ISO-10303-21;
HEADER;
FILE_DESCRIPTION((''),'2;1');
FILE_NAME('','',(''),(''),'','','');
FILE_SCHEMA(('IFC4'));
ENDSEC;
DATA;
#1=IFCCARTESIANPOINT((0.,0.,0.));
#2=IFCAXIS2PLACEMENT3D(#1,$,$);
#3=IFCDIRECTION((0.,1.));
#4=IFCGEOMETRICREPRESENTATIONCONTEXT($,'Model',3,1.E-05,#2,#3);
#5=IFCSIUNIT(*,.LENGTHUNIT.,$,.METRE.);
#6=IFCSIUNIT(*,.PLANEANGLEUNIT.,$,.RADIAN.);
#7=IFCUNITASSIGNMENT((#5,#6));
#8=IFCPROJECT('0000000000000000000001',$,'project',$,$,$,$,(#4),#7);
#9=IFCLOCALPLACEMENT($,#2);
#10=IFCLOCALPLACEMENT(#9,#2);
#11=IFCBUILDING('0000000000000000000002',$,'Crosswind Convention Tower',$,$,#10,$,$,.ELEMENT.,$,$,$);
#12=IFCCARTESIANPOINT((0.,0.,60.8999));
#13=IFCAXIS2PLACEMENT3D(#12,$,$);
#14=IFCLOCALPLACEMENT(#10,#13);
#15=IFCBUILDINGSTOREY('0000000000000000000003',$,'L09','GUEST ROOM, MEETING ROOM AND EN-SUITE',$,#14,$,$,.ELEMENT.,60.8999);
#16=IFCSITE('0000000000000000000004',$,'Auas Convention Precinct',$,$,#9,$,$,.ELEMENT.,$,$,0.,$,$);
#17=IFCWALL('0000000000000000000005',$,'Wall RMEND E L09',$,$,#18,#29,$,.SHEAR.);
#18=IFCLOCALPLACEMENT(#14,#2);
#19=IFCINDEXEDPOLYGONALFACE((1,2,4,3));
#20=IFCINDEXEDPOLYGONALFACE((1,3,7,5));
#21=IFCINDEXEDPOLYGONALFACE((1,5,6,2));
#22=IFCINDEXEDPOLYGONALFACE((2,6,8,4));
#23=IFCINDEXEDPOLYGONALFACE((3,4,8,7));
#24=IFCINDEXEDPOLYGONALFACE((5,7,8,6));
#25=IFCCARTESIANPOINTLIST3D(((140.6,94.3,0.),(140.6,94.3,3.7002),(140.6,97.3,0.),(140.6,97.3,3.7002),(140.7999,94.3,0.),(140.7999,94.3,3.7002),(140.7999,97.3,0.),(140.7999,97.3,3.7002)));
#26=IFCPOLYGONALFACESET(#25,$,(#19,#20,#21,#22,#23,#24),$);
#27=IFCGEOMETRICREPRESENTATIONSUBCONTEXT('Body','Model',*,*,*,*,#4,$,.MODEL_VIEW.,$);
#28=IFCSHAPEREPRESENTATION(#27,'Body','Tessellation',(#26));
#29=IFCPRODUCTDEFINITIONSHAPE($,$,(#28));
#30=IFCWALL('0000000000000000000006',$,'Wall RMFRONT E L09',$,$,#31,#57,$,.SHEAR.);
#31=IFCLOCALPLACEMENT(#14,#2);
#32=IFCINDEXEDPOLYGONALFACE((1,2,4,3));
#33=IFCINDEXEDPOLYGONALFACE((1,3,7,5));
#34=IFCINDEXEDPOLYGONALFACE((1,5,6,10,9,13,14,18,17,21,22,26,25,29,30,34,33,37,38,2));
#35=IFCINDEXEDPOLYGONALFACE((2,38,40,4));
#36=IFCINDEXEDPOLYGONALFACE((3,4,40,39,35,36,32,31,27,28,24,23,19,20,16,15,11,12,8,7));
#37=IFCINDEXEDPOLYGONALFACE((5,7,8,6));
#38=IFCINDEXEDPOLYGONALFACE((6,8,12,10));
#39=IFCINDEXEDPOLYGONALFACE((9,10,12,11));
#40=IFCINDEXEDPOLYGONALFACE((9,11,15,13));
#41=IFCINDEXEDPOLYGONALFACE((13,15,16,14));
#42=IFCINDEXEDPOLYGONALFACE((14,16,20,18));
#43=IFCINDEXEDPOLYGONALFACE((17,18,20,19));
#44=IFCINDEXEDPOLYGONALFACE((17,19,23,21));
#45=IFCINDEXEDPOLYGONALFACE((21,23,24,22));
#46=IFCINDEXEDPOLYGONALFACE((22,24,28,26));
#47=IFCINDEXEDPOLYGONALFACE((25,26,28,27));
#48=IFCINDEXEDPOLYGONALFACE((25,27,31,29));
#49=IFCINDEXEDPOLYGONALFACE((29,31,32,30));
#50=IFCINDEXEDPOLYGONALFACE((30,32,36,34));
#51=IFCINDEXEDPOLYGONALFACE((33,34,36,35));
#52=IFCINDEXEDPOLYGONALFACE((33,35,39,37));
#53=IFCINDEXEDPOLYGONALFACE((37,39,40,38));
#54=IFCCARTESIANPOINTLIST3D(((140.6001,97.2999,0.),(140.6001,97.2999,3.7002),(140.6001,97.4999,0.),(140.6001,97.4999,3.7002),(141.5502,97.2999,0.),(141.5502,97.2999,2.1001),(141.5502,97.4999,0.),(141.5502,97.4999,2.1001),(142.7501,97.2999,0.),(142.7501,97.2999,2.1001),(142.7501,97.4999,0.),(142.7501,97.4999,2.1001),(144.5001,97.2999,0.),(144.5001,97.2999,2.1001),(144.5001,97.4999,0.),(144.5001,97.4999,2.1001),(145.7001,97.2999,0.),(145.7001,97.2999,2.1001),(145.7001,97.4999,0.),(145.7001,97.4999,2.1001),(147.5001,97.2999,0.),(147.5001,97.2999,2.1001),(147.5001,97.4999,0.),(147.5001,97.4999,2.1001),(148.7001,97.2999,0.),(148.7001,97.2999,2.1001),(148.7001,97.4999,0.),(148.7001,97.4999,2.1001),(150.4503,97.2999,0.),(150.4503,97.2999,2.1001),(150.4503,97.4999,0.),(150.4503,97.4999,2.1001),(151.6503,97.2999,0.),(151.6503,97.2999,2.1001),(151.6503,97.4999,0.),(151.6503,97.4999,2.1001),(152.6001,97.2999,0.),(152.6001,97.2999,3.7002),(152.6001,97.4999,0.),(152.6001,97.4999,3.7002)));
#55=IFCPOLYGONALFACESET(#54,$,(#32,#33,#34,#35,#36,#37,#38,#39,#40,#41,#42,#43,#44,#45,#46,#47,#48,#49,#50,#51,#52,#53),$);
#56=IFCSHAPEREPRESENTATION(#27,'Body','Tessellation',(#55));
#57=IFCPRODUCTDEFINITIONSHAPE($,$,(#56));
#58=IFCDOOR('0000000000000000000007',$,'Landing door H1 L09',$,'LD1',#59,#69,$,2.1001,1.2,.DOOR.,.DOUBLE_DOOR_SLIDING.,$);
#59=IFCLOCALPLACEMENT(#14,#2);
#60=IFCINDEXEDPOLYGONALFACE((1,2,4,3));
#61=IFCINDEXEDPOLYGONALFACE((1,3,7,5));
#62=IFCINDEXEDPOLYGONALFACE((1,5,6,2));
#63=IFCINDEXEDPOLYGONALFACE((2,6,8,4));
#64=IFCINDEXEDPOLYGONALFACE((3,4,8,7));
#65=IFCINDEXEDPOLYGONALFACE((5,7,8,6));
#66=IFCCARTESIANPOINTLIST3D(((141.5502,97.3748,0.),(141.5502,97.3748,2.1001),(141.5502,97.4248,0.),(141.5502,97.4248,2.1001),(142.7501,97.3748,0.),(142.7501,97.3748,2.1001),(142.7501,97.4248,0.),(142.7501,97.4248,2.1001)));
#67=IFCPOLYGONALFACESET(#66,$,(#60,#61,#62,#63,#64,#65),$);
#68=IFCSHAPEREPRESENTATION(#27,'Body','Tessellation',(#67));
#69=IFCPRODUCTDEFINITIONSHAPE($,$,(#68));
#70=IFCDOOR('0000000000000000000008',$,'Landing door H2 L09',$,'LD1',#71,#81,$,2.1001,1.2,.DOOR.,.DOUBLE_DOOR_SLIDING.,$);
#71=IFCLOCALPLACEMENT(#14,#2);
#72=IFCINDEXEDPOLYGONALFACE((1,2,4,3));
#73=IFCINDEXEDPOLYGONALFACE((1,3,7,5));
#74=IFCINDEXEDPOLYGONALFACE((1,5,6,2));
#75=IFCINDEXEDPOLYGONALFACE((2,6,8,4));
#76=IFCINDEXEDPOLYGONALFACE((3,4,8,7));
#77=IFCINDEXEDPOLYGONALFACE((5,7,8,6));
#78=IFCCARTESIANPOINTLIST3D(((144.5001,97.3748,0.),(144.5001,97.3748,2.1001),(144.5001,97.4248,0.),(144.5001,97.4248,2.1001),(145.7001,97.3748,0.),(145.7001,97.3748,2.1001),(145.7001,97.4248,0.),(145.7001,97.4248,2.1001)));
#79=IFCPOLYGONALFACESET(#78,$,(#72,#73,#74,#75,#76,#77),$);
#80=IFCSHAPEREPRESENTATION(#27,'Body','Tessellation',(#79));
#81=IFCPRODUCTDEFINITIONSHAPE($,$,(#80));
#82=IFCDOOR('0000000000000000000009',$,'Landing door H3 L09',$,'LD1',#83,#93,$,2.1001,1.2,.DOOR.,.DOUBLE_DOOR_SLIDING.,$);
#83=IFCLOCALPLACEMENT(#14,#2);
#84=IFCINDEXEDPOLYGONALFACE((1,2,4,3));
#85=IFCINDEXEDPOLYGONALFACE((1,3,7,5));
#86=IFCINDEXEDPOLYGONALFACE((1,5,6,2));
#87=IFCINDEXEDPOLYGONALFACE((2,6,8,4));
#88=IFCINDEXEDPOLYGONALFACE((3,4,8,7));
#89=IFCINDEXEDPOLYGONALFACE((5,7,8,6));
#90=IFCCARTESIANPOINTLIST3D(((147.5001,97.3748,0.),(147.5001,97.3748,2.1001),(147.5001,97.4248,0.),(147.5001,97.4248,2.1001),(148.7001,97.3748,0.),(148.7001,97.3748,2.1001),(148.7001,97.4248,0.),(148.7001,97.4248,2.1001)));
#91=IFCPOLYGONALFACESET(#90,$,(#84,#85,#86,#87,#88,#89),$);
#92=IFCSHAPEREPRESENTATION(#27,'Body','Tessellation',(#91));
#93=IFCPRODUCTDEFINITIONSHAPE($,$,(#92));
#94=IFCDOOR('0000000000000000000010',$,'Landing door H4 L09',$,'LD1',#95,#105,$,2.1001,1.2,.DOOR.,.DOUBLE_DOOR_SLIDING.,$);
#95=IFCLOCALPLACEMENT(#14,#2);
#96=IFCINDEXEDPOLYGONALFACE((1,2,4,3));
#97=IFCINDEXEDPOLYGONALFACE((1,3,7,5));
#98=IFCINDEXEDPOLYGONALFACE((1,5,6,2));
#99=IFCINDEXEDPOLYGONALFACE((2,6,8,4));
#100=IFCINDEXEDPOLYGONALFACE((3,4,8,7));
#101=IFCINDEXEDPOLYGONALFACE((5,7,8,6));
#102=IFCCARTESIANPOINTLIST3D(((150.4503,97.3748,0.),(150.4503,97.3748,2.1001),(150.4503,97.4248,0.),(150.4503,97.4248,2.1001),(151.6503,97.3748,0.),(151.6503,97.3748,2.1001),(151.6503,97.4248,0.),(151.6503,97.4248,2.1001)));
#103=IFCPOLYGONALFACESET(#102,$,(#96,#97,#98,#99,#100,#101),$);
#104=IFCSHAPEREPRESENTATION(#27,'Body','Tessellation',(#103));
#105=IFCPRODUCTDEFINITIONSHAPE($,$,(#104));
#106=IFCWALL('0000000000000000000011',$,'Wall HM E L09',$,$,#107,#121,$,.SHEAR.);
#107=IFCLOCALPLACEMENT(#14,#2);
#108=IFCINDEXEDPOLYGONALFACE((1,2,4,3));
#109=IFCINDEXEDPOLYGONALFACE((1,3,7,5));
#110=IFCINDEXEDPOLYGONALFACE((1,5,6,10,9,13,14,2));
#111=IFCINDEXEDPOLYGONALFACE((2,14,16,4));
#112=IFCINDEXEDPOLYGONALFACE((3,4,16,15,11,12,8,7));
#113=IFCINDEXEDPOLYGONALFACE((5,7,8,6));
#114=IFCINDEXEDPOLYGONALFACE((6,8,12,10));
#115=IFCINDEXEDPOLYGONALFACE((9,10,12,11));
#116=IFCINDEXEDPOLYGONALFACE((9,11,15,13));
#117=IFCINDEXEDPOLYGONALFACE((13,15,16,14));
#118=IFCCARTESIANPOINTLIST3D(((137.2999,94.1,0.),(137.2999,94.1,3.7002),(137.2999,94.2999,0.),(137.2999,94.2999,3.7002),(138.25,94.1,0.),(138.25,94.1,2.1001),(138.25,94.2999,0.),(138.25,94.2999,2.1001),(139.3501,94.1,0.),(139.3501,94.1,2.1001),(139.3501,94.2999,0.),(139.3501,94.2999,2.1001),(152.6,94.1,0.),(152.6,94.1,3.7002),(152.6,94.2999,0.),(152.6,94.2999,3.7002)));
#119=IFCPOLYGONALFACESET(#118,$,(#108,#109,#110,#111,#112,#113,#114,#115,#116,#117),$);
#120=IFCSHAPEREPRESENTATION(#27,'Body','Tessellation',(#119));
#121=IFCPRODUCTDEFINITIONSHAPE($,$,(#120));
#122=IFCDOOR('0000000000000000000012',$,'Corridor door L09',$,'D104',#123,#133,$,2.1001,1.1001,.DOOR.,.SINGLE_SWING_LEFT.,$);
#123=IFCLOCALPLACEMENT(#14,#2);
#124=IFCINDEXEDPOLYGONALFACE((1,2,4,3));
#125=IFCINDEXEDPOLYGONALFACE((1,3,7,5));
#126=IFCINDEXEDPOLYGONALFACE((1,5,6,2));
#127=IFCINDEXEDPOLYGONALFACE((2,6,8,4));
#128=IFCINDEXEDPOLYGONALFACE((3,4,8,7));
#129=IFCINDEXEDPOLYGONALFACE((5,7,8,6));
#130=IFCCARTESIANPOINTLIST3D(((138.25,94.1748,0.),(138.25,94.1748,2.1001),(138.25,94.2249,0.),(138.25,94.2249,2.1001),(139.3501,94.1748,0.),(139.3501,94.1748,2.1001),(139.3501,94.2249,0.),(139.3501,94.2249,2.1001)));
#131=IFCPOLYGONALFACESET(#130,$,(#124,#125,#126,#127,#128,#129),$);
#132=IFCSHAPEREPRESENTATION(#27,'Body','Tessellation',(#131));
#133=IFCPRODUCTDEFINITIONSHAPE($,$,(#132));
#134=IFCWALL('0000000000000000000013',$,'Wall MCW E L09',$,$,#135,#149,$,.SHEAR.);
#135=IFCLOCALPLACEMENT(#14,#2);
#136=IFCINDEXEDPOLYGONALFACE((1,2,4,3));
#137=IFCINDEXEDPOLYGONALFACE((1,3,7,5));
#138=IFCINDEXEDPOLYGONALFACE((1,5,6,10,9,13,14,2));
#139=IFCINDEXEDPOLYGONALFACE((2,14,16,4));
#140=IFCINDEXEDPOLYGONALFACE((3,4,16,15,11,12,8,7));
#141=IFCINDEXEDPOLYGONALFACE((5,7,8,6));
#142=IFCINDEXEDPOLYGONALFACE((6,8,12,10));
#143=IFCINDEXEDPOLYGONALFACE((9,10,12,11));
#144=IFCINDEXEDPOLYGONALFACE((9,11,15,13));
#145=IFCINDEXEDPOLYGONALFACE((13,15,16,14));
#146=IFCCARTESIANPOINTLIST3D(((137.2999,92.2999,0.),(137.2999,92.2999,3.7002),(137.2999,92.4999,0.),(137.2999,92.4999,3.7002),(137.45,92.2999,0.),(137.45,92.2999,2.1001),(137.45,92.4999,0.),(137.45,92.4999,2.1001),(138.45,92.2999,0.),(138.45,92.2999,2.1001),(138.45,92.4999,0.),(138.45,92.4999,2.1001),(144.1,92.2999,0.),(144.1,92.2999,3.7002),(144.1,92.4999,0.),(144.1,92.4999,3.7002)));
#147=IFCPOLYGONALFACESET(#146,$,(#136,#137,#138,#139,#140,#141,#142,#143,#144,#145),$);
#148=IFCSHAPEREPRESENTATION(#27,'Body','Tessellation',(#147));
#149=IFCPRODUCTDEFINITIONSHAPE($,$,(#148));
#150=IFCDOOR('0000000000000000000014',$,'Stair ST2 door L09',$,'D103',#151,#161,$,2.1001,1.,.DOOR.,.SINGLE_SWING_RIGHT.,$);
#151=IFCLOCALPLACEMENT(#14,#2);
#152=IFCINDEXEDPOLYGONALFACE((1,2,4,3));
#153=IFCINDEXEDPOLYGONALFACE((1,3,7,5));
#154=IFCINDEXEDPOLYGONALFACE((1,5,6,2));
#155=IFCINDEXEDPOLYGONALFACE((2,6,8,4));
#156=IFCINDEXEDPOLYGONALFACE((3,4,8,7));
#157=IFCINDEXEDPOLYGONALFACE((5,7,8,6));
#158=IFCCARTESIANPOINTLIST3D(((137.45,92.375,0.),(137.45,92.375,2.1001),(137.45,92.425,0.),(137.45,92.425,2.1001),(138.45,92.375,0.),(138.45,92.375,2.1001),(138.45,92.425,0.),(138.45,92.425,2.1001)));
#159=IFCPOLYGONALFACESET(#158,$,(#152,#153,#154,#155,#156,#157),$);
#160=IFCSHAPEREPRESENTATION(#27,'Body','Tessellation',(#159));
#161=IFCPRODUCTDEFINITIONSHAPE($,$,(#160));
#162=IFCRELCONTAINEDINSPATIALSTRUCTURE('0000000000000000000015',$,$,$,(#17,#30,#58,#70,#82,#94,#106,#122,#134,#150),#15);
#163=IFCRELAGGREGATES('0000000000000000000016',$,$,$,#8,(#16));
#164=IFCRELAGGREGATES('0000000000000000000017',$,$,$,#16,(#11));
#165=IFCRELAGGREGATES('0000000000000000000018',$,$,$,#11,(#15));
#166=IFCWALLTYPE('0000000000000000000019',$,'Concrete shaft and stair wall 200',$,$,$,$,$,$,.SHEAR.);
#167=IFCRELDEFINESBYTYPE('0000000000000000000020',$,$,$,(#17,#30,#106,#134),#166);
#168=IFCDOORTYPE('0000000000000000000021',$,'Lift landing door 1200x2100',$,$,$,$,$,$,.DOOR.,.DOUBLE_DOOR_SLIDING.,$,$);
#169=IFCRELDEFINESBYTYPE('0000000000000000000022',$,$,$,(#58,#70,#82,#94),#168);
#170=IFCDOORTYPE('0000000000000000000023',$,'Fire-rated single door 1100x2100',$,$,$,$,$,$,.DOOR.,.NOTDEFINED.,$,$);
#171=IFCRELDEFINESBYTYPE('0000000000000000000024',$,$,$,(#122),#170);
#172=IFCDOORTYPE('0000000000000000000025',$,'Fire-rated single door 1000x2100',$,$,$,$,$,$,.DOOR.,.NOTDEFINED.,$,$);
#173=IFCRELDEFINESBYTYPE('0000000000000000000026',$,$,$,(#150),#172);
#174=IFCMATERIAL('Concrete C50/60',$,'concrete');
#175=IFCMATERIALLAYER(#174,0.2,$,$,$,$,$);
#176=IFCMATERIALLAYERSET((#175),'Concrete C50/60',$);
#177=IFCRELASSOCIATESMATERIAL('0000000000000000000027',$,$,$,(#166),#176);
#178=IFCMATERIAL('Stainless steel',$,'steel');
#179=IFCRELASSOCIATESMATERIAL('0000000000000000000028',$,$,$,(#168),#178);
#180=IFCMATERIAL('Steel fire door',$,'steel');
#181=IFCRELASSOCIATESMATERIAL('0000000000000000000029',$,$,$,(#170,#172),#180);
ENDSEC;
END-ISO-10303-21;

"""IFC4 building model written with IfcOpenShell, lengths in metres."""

from ifc_helpers import new_model, si_unit, direction, frame, frame_2d, origin, place, context, subcontext, project, spatial, rectangle, extrude, material, layer, layer_set, type_object, element, fill, save


model = new_model("IFC4")

# Units and contexts
model_context = context("Model", 3, precision=1e-05, world=origin(), true_north=direction((0.0, 1.0)))
body_context = subcontext(model_context, "Body", "Model", "MODEL_VIEW")
ifc_project = project(units=[si_unit("LENGTHUNIT", "METRE"), si_unit("PLANEANGLEUNIT", "RADIAN")], contexts=[model_context])

# Site, building, storey
site_placement = place(None, origin())
site = spatial("IfcSite", under=ifc_project, at=site_placement, Name="Auas Convention Precinct", CompositionType="ELEMENT", RefElevation=0.0)
building_placement = place(site_placement, origin())
building = spatial("IfcBuilding", under=site, at=building_placement, Name="Crosswind Convention Tower", CompositionType="ELEMENT")
storey_placement = place(building_placement, frame((0.0, 0.0, 60.8999)))
storey = spatial("IfcBuildingStorey", under=building, at=storey_placement, Name="L09", Description="GUEST ROOM, MEETING ROOM AND EN-SUITE", CompositionType="ELEMENT", Elevation=60.8999)

# Shared definitions
ifc_material_1 = material(Name="Concrete C50/60", Category="concrete")

# Wall
ifc_layer_1 = layer(ifc_material_1, 0.2)
ifc_layer_set_1 = layer_set([ifc_layer_1], Name="Concrete C50/60")
wall_type_1 = type_object("IfcWallType", Name="Concrete shaft and stair wall 200", PredefinedType="SHEAR", material=ifc_layer_set_1)
wall_1_placement = place(storey_placement, frame((140.7, 94.3, 0.0), z_axis=(0.0, 0.0, 1.0), x_axis=(0.0, 1.0, 0.0)))
element("IfcWall", 1, at=wall_1_placement, inside=storey, type_object=wall_type_1, Name="Wall RMEND E L09", PredefinedType="SHEAR", context=body_context, shape_type="SweptSolid", body=[
    extrude(rectangle(XDim=3.0, YDim=0.2, at=frame_2d((1.5, 0.0))), origin(), (0.0, 0.0, 1.0), 3.7002),
])

# Wall, openings, doors
wall_2_placement = place(storey_placement, frame((140.6001, 97.3999, 0.0), z_axis=(0.0, 0.0, 1.0), x_axis=(1.0, 0.0, 0.0)))
wall_2 = element("IfcWall", 2, at=wall_2_placement, inside=storey, type_object=wall_type_1, Name="Wall RMFRONT E L09", PredefinedType="SHEAR", context=body_context, shape_type="SweptSolid", body=[
    extrude(rectangle(XDim=12.0, YDim=0.2, at=frame_2d((6.0, 0.0))), origin(), (0.0, 0.0, 1.0), 3.7002),
])
opening_1_placement = place(wall_2_placement, frame((0.95, 0.0, 0.0)))
opening_1 = element("IfcOpeningElement", 3, at=opening_1_placement, cuts=wall_2, PredefinedType="OPENING", context=body_context, shape_type="SweptSolid", body=[
    extrude(rectangle(XDim=1.2, YDim=2.1001, at=frame_2d((0.6001, 1.05))), frame((0.0, 0.1099, 0.0), z_axis=(0.0, -1.0, 0.0), x_axis=(1.0, 0.0, 0.0)), (0.0, 0.0, 1.0), 0.22),
])
opening_2_placement = place(wall_2_placement, frame((3.8999, 0.0, 0.0)))
opening_2 = element("IfcOpeningElement", 4, at=opening_2_placement, cuts=wall_2, PredefinedType="OPENING", context=body_context, shape_type="SweptSolid", body=[
    extrude(rectangle(XDim=1.2, YDim=2.1001, at=frame_2d((0.6001, 1.05))), frame((0.0, 0.1099, 0.0), z_axis=(0.0, -1.0, 0.0), x_axis=(1.0, 0.0, 0.0)), (0.0, 0.0, 1.0), 0.22),
])
opening_3_placement = place(wall_2_placement, frame((6.8999, 0.0, 0.0)))
opening_3 = element("IfcOpeningElement", 5, at=opening_3_placement, cuts=wall_2, PredefinedType="OPENING", context=body_context, shape_type="SweptSolid", body=[
    extrude(rectangle(XDim=1.2, YDim=2.1001, at=frame_2d((0.6001, 1.05))), frame((0.0, 0.1099, 0.0), z_axis=(0.0, -1.0, 0.0), x_axis=(1.0, 0.0, 0.0)), (0.0, 0.0, 1.0), 0.22),
])
opening_4_placement = place(wall_2_placement, frame((9.8501, 0.0, 0.0)))
opening_4 = element("IfcOpeningElement", 6, at=opening_4_placement, cuts=wall_2, PredefinedType="OPENING", context=body_context, shape_type="SweptSolid", body=[
    extrude(rectangle(XDim=1.2, YDim=2.1001, at=frame_2d((0.6001, 1.05))), frame((0.0, 0.1099, 0.0), z_axis=(0.0, -1.0, 0.0), x_axis=(1.0, 0.0, 0.0)), (0.0, 0.0, 1.0), 0.22),
])
ifc_material_2 = material(Name="Stainless steel", Category="steel")
door_type_1 = type_object("IfcDoorType", Name="Lift landing door 1200x2100", OperationType="DOUBLE_DOOR_SLIDING", PredefinedType="DOOR", material=ifc_material_2)
door_1_placement = place(opening_1_placement, origin())
door_1 = element("IfcDoor", 7, at=door_1_placement, inside=storey, type_object=door_type_1, Name="Landing door H1 L09", ObjectType="LD1", OperationType="DOUBLE_DOOR_SLIDING", OverallHeight=2.1001, OverallWidth=1.2, PredefinedType="DOOR", context=body_context, shape_type="SweptSolid", body=[
    extrude(rectangle(XDim=1.2, YDim=2.1001, at=frame_2d((0.6001, 1.05))), frame((0.0, 0.0249, 0.0), z_axis=(0.0, -1.0, 0.0), x_axis=(1.0, 0.0, 0.0)), (0.0, 0.0, 1.0), 0.05),
])
fill(opening_1, door_1)
door_2_placement = place(opening_2_placement, origin())
door_2 = element("IfcDoor", 8, at=door_2_placement, inside=storey, type_object=door_type_1, Name="Landing door H2 L09", ObjectType="LD1", OperationType="DOUBLE_DOOR_SLIDING", OverallHeight=2.1001, OverallWidth=1.2, PredefinedType="DOOR", context=body_context, shape_type="SweptSolid", body=[
    extrude(rectangle(XDim=1.2, YDim=2.1001, at=frame_2d((0.6001, 1.05))), frame((0.0, 0.0249, 0.0), z_axis=(0.0, -1.0, 0.0), x_axis=(1.0, 0.0, 0.0)), (0.0, 0.0, 1.0), 0.05),
])
fill(opening_2, door_2)
door_3_placement = place(opening_3_placement, origin())
door_3 = element("IfcDoor", 9, at=door_3_placement, inside=storey, type_object=door_type_1, Name="Landing door H3 L09", ObjectType="LD1", OperationType="DOUBLE_DOOR_SLIDING", OverallHeight=2.1001, OverallWidth=1.2, PredefinedType="DOOR", context=body_context, shape_type="SweptSolid", body=[
    extrude(rectangle(XDim=1.2, YDim=2.1001, at=frame_2d((0.6001, 1.05))), frame((0.0, 0.0249, 0.0), z_axis=(0.0, -1.0, 0.0), x_axis=(1.0, 0.0, 0.0)), (0.0, 0.0, 1.0), 0.05),
])
fill(opening_3, door_3)
door_4_placement = place(opening_4_placement, origin())
door_4 = element("IfcDoor", 10, at=door_4_placement, inside=storey, type_object=door_type_1, Name="Landing door H4 L09", ObjectType="LD1", OperationType="DOUBLE_DOOR_SLIDING", OverallHeight=2.1001, OverallWidth=1.2, PredefinedType="DOOR", context=body_context, shape_type="SweptSolid", body=[
    extrude(rectangle(XDim=1.2, YDim=2.1001, at=frame_2d((0.6001, 1.05))), frame((0.0, 0.0249, 0.0), z_axis=(0.0, -1.0, 0.0), x_axis=(1.0, 0.0, 0.0)), (0.0, 0.0, 1.0), 0.05),
])
fill(opening_4, door_4)

# Walls, openings, doors
wall_3_placement = place(storey_placement, frame((137.3, 94.2, 0.0), z_axis=(0.0, 0.0, 1.0), x_axis=(1.0, 0.0, 0.0)))
wall_3 = element("IfcWall", 11, at=wall_3_placement, inside=storey, type_object=wall_type_1, Name="Wall HM E L09", PredefinedType="SHEAR", context=body_context, shape_type="SweptSolid", body=[
    extrude(rectangle(XDim=15.3, YDim=0.2, at=frame_2d((7.6499, 0.0))), origin(), (0.0, 0.0, 1.0), 3.7002),
])
opening_5_placement = place(wall_3_placement, frame((0.95, 0.0, 0.0)))
opening_5 = element("IfcOpeningElement", 12, at=opening_5_placement, cuts=wall_3, PredefinedType="OPENING", context=body_context, shape_type="SweptSolid", body=[
    extrude(rectangle(XDim=1.1001, YDim=2.1001, at=frame_2d((0.55, 1.05))), frame((0.0, 0.1099, 0.0), z_axis=(0.0, -1.0, 0.0), x_axis=(1.0, 0.0, 0.0)), (0.0, 0.0, 1.0), 0.22),
])
ifc_material_3 = material(Name="Steel fire door", Category="steel")
door_type_2 = type_object("IfcDoorType", Name="Fire-rated single door 1100x2100", OperationType="NOTDEFINED", PredefinedType="DOOR", material=ifc_material_3)
door_5_placement = place(opening_5_placement, origin())
door_5 = element("IfcDoor", 13, at=door_5_placement, inside=storey, type_object=door_type_2, Name="Corridor door L09", ObjectType="D104", OperationType="SINGLE_SWING_LEFT", OverallHeight=2.1001, OverallWidth=1.1001, PredefinedType="DOOR", context=body_context, shape_type="SweptSolid", body=[
    extrude(rectangle(XDim=1.1001, YDim=2.1001, at=frame_2d((0.55, 1.05))), frame((0.0, 0.0249, 0.0), z_axis=(0.0, -1.0, 0.0), x_axis=(1.0, 0.0, 0.0)), (0.0, 0.0, 1.0), 0.05),
])
fill(opening_5, door_5)
wall_4_placement = place(storey_placement, frame((137.3, 92.3999, 0.0), z_axis=(0.0, 0.0, 1.0), x_axis=(1.0, 0.0, 0.0)))
wall_4 = element("IfcWall", 14, at=wall_4_placement, inside=storey, type_object=wall_type_1, Name="Wall MCW E L09", PredefinedType="SHEAR", context=body_context, shape_type="SweptSolid", body=[
    extrude(rectangle(XDim=6.8, YDim=0.2, at=frame_2d((3.3999, 0.0))), origin(), (0.0, 0.0, 1.0), 3.7002),
])
opening_6_placement = place(wall_4_placement, frame((0.1499, 0.0, 0.0)))
opening_6 = element("IfcOpeningElement", 15, at=opening_6_placement, cuts=wall_4, PredefinedType="OPENING", context=body_context, shape_type="SweptSolid", body=[
    extrude(rectangle(XDim=1.0, YDim=2.1001, at=frame_2d((0.5, 1.05))), frame((0.0, 0.1099, 0.0), z_axis=(0.0, -1.0, 0.0), x_axis=(1.0, 0.0, 0.0)), (0.0, 0.0, 1.0), 0.22),
])
door_type_3 = type_object("IfcDoorType", Name="Fire-rated single door 1000x2100", OperationType="NOTDEFINED", PredefinedType="DOOR", material=ifc_material_3)
door_6_placement = place(opening_6_placement, frame((1.0, 0.0, 0.0), z_axis=(0.0, 0.0, 1.0), x_axis=(-1.0, 0.0, 0.0)))
door_6 = element("IfcDoor", 16, at=door_6_placement, inside=storey, type_object=door_type_3, Name="Stair ST2 door L09", ObjectType="D103", OperationType="SINGLE_SWING_RIGHT", OverallHeight=2.1001, OverallWidth=1.0, PredefinedType="DOOR", context=body_context, shape_type="SweptSolid", body=[
    extrude(rectangle(XDim=1.0, YDim=2.1001, at=frame_2d((0.5, 1.05))), frame((0.0, 0.0249, 0.0), z_axis=(0.0, -1.0, 0.0), x_axis=(1.0, 0.0, 0.0)), (0.0, 0.0, 1.0), 0.05),
])
fill(opening_6, door_6)

save(model, "model.ifc")
